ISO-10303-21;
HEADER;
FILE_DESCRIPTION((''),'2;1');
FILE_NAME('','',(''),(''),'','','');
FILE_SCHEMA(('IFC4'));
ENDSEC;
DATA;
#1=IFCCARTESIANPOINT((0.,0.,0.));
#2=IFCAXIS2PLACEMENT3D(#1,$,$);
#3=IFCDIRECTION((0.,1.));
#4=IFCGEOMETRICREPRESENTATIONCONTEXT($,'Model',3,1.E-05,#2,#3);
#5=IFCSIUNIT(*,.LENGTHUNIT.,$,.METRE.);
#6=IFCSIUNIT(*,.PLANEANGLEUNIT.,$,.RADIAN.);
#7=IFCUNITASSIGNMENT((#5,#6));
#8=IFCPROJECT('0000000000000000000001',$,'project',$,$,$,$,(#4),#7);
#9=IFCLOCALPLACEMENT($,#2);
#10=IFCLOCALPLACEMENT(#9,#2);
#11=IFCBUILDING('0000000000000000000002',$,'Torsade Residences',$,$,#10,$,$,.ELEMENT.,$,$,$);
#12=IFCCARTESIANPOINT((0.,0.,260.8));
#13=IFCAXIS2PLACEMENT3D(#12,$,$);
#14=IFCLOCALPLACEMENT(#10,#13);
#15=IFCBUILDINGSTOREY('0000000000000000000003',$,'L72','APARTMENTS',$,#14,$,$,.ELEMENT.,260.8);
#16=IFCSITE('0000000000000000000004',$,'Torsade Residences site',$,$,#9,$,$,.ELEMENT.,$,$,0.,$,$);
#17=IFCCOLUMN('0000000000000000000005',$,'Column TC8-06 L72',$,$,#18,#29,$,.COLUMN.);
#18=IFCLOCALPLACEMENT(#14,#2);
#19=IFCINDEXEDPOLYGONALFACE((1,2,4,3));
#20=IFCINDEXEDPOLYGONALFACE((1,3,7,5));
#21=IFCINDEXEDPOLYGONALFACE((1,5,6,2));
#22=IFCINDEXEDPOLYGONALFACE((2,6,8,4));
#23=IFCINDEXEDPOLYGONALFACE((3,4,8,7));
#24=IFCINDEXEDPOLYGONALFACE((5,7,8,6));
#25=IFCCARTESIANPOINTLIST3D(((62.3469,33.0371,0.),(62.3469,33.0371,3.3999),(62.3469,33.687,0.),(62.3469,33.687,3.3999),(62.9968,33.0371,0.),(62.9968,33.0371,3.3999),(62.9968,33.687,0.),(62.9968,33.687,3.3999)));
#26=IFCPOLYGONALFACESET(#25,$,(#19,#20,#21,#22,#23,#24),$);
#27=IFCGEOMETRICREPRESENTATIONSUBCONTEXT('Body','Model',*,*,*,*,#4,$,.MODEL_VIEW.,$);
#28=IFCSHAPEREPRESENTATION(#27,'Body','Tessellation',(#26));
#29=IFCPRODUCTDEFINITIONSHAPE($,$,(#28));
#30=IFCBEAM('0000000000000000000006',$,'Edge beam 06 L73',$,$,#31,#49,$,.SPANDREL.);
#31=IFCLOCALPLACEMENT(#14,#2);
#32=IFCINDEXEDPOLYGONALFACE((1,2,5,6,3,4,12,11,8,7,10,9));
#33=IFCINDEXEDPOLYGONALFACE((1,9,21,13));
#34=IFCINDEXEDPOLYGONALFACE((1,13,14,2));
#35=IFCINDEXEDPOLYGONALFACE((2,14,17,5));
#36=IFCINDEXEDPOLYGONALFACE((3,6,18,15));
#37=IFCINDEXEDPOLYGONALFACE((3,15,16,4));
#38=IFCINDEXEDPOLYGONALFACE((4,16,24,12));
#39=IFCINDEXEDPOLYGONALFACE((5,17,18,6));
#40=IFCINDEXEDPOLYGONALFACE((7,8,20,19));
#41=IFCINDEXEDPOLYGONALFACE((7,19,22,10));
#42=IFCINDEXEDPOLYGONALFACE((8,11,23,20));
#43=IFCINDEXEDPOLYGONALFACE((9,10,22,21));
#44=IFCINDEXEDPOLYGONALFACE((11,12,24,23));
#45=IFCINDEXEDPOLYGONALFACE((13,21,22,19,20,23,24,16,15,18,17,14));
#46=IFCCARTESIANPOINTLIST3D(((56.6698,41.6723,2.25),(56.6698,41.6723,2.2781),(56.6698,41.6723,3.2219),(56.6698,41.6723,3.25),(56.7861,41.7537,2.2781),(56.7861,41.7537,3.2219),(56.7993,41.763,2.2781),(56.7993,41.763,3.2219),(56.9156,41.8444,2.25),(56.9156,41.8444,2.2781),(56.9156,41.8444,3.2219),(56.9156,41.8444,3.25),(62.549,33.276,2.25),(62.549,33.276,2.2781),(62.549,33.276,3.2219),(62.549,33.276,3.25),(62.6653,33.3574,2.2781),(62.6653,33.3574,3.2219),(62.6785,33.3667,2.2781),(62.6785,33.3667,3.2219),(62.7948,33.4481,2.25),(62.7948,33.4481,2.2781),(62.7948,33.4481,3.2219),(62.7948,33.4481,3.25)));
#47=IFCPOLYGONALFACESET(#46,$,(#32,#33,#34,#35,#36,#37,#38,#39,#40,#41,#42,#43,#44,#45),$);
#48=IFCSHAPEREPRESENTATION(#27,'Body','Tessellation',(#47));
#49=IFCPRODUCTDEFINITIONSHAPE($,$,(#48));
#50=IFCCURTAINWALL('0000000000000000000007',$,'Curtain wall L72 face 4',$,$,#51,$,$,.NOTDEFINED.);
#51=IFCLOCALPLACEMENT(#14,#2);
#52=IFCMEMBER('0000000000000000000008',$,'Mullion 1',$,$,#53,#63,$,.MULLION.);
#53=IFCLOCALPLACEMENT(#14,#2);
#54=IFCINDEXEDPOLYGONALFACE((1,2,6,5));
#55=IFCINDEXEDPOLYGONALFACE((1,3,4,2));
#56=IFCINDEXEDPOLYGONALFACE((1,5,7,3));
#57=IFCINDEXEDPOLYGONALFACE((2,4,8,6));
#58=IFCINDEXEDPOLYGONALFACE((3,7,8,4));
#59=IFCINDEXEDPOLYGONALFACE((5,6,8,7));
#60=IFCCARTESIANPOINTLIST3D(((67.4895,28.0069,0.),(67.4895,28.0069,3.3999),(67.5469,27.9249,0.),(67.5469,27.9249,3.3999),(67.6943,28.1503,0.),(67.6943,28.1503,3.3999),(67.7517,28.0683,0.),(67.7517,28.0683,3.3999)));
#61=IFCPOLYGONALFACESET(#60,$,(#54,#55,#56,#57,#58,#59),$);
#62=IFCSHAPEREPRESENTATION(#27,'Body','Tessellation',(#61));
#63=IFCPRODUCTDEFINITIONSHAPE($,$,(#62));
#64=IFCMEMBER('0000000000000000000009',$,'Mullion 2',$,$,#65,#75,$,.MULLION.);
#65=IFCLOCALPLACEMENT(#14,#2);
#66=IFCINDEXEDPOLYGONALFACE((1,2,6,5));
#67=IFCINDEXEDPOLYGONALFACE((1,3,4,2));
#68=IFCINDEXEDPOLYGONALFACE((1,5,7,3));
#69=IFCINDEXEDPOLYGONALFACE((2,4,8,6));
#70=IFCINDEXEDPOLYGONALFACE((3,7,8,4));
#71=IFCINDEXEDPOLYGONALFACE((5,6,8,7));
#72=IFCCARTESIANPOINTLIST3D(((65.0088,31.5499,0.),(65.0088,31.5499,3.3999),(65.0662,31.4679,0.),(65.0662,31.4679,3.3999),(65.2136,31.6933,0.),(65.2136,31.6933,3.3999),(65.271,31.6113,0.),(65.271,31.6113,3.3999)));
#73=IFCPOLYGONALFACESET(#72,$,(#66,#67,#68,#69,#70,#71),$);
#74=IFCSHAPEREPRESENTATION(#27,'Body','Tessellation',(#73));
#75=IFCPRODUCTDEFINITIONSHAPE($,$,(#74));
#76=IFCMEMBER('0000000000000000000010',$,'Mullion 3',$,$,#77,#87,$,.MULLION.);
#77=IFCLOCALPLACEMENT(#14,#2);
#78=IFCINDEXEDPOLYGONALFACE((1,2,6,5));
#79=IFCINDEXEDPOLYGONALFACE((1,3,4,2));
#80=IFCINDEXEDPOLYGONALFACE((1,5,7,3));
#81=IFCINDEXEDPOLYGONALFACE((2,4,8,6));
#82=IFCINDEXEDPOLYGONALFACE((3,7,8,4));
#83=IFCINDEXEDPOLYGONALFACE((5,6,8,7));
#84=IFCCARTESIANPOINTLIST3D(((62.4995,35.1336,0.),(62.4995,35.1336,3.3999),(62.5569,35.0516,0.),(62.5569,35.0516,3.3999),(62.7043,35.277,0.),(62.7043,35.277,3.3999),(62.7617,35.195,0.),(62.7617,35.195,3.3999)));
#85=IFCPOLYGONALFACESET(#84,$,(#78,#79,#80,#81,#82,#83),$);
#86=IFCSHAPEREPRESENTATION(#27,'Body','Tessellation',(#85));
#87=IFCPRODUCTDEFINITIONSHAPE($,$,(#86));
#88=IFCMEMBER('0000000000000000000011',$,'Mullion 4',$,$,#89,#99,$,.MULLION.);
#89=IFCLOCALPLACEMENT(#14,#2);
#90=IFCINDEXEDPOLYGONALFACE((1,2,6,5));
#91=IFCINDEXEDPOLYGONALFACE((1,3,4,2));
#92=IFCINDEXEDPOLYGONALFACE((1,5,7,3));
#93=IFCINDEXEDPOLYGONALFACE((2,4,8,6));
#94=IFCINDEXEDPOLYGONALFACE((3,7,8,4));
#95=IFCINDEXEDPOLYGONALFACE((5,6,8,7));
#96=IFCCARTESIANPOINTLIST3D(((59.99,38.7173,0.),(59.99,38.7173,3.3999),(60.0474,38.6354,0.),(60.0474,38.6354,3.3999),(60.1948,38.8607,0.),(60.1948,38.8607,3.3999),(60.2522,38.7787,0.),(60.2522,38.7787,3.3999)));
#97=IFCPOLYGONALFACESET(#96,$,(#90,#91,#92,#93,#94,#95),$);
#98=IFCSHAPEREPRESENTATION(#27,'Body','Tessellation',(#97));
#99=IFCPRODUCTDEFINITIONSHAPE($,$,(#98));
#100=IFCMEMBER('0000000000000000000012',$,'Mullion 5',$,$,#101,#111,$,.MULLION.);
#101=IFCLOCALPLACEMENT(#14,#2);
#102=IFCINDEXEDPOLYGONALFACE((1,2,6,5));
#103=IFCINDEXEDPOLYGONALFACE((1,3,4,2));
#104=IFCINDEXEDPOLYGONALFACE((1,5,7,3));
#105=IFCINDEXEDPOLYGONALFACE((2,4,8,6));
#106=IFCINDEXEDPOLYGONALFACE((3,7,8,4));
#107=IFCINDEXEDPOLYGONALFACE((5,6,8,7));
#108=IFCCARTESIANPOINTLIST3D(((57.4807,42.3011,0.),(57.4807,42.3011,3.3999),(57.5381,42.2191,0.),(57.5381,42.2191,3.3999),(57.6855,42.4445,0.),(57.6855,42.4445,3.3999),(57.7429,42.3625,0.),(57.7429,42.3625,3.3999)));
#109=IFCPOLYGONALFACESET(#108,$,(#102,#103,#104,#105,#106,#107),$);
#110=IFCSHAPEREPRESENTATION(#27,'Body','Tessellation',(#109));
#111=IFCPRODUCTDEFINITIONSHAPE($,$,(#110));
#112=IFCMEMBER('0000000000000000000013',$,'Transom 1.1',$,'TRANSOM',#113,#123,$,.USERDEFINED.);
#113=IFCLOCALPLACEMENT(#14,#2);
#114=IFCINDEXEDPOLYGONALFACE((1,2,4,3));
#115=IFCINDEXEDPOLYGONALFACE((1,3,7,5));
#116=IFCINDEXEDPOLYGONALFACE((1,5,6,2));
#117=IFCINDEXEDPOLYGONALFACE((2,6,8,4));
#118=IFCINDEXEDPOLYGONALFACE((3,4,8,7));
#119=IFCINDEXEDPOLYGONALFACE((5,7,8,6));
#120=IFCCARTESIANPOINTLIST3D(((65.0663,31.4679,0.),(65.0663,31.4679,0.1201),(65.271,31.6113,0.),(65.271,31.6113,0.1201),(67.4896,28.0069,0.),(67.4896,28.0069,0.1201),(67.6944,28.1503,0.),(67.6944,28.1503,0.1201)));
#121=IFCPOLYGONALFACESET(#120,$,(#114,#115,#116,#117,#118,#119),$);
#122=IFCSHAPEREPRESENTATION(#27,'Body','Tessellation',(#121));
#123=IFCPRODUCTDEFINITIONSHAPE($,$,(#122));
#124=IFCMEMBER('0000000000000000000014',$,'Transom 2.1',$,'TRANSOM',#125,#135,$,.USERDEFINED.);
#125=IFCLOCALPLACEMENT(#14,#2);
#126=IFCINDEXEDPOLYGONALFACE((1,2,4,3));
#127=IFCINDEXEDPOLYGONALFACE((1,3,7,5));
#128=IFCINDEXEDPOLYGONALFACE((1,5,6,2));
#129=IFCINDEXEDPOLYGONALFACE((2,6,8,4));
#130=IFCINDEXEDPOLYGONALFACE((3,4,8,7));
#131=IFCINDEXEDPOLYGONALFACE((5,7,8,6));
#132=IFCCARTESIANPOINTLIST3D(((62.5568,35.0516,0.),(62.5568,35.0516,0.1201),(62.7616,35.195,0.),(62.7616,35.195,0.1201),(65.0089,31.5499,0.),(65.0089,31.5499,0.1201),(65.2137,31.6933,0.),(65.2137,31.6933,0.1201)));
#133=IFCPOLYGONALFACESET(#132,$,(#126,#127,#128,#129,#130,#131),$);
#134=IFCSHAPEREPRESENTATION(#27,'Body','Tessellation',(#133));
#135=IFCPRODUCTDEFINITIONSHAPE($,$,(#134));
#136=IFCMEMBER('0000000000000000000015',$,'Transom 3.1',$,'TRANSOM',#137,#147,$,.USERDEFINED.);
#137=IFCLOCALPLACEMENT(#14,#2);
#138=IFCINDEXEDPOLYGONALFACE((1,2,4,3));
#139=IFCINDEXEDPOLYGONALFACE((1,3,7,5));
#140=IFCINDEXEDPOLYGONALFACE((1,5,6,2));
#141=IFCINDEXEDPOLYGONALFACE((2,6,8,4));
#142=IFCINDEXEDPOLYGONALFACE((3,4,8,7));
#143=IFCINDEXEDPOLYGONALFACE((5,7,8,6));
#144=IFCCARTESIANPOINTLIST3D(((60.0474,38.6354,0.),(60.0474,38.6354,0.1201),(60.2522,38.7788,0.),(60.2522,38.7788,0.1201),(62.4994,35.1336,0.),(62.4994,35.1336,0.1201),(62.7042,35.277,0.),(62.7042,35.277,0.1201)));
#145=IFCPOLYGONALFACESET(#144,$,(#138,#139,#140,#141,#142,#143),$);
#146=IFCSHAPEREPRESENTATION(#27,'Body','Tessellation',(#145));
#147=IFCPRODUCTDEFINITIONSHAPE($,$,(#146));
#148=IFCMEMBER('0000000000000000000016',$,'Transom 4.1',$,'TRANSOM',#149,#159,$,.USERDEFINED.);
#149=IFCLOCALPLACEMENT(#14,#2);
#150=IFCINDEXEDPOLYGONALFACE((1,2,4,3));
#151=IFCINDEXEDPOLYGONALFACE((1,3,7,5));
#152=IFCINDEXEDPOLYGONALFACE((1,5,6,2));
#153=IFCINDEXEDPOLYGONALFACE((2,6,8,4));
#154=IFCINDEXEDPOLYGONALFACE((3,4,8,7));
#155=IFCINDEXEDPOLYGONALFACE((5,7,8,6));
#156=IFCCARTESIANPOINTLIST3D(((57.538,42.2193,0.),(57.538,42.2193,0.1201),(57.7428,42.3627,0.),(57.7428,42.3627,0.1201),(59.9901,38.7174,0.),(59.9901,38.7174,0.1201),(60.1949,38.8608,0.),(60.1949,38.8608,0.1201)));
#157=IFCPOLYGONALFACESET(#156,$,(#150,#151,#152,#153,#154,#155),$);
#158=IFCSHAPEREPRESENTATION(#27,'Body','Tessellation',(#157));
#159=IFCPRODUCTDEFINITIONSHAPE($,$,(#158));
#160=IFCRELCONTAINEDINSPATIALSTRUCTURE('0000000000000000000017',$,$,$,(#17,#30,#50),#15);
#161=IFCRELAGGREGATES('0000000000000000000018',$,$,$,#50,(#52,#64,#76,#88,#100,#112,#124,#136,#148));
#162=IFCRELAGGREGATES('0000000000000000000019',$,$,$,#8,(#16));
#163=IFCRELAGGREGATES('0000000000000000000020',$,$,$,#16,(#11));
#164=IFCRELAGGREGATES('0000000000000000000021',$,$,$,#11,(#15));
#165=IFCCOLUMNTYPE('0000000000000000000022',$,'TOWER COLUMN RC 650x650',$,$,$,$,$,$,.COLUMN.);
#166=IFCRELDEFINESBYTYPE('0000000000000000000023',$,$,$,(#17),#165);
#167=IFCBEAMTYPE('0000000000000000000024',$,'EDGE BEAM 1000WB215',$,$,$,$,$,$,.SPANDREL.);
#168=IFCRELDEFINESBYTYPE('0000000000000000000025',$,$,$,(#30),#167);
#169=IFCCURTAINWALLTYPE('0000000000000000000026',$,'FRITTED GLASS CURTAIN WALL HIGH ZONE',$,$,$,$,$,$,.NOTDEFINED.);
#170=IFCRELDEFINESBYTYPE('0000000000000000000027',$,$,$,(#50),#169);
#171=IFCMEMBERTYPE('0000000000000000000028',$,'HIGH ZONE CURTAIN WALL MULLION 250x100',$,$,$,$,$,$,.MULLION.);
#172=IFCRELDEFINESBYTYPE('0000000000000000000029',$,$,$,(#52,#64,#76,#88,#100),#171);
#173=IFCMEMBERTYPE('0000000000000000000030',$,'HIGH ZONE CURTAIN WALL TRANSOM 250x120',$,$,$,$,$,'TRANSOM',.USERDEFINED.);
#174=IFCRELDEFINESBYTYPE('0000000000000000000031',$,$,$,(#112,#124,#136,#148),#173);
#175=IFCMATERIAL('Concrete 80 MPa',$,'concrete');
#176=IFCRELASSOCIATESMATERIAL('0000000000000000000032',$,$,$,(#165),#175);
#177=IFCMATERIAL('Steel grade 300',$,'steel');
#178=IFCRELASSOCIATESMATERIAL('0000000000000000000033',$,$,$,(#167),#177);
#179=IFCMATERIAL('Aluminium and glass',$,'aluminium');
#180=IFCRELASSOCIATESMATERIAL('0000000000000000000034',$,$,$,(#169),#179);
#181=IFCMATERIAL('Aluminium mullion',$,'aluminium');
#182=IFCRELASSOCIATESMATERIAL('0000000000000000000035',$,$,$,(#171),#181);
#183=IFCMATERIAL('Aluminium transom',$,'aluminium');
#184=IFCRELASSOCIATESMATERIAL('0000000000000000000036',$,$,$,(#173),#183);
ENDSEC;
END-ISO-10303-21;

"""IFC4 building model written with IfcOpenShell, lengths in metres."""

from ifc_helpers import new_model, si_unit, direction, frame, origin, origin_2d, place, context, subcontext, project, spatial, rectangle, i_section, extrude, material, material_profile, profile_set, type_object, element, aggregate, save


model = new_model("IFC4")

# Units and contexts
model_context = context("Model", 3, precision=1e-05, world=origin(), true_north=direction((0.0, 1.0)))
body_context = subcontext(model_context, "Body", "Model", "MODEL_VIEW")
ifc_project = project(units=[si_unit("LENGTHUNIT", "METRE"), si_unit("PLANEANGLEUNIT", "RADIAN")], contexts=[model_context])

# Site, building, storey
site_placement = place(None, origin())
site = spatial("IfcSite", under=ifc_project, at=site_placement, Name="Torsade Residences site", CompositionType="ELEMENT", RefElevation=0.0)
building_placement = place(site_placement, origin())
building = spatial("IfcBuilding", under=site, at=building_placement, Name="Torsade Residences", CompositionType="ELEMENT")
storey_placement = place(building_placement, frame((0.0, 0.0, 260.8)))
storey = spatial("IfcBuildingStorey", under=building, at=storey_placement, Name="L72", Description="APARTMENTS", CompositionType="ELEMENT", Elevation=260.8)

# Column
ifc_material_1 = material(Name="Concrete 80 MPa", Category="concrete")
ifc_material_profile_1 = material_profile(ifc_material_1, rectangle(XDim=0.6499, YDim=0.6499, at=origin_2d()), Name="RC 650x650")
ifc_profile_set_1 = profile_set([ifc_material_profile_1], Name="Concrete 80 MPa")
column_type = type_object("IfcColumnType", Name="TOWER COLUMN RC 650x650", PredefinedType="COLUMN", material=ifc_profile_set_1)
column_placement = place(storey_placement, frame((62.6719, 33.3621, 0.0), z_axis=(0.0, 0.0, 1.0), x_axis=(1.0, 0.0, 0.0)))
element("IfcColumn", 1, at=column_placement, inside=storey, type_object=column_type, Name="Column TC8-06 L72", PredefinedType="COLUMN", context=body_context, shape_type="SweptSolid", body=[
    extrude(rectangle(XDim=0.6499, YDim=0.6499, at=origin_2d()), origin(), (0.0, 0.0, 1.0), 3.3999),
])

# Beam
ifc_material_2 = material(Name="Steel grade 300", Category="steel")
ifc_material_profile_2 = material_profile(ifc_material_2, i_section(OverallWidth=0.3, OverallDepth=1.0, WebThickness=0.0161, FlangeThickness=0.0281, at=origin_2d()), Name="1000WB215")
ifc_profile_set_2 = profile_set([ifc_material_profile_2], Name="Steel grade 300")
beam_type_1 = type_object("IfcBeamType", Name="EDGE BEAM 1000WB215", PredefinedType="SPANDREL", material=ifc_profile_set_2)
beam_1_placement = place(storey_placement, frame((62.6719, 33.3621, 2.75), z_axis=(-0.573579, 0.81915, 0.0), x_axis=(-0.81915, -0.573579, 0.0)))
element("IfcBeam", 2, at=beam_1_placement, inside=storey, type_object=beam_type_1, Name="Edge beam 06 L73", PredefinedType="SPANDREL", context=body_context, shape_type="SweptSolid", body=[
    extrude(i_section(OverallWidth=0.3, OverallDepth=1.0, WebThickness=0.0161, FlangeThickness=0.0281, at=origin_2d()), origin(), (0.0, 0.0, 1.0), 10.25),
])

# Curtain wall, members
ifc_material_3 = material(Name="Aluminium and glass", Category="aluminium")
curtain_wall_type = type_object("IfcCurtainWallType", Name="FRITTED GLASS CURTAIN WALL HIGH ZONE", PredefinedType="NOTDEFINED", material=ifc_material_3)
curtain_wall_placement = place(storey_placement, origin())
curtain_wall = element("IfcCurtainWall", 3, at=curtain_wall_placement, inside=storey, type_object=curtain_wall_type, Name="Curtain wall L72 face 4", PredefinedType="NOTDEFINED")
ifc_material_4 = material(Name="Aluminium mullion", Category="aluminium")
ifc_material_profile_3 = material_profile(ifc_material_4, rectangle(XDim=0.25, YDim=0.1001, at=origin_2d()), Name="HIGH ZONE CURTAIN WALL MULLION 250x100")
ifc_profile_set_3 = profile_set([ifc_material_profile_3], Name="Aluminium mullion")
member_type_1 = type_object("IfcMemberType", Name="HIGH ZONE CURTAIN WALL MULLION 250x100", PredefinedType="MULLION", material=ifc_profile_set_3)
member_1_placement = place(storey_placement, frame((67.6206, 28.0376, 0.0), z_axis=(0.0, 0.0, 1.0), x_axis=(-0.819152, -0.573576, 0.0)))
member_1 = element("IfcMember", 4, at=member_1_placement, type_object=member_type_1, Name="Mullion 1", PredefinedType="MULLION", context=body_context, shape_type="SweptSolid", body=[
    extrude(rectangle(XDim=0.25, YDim=0.1001, at=origin_2d()), origin(), (0.0, 0.0, 1.0), 3.3999),
])
member_2_placement = place(storey_placement, frame((65.1399, 31.5806, 0.0), z_axis=(0.0, 0.0, 1.0), x_axis=(-0.819152, -0.573576, 0.0)))
member_2 = element("IfcMember", 5, at=member_2_placement, type_object=member_type_1, Name="Mullion 2", PredefinedType="MULLION", context=body_context, shape_type="SweptSolid", body=[
    extrude(rectangle(XDim=0.25, YDim=0.1001, at=origin_2d()), origin(), (0.0, 0.0, 1.0), 3.3999),
])
member_3_placement = place(storey_placement, frame((62.6306, 35.1643, 0.0), z_axis=(0.0, 0.0, 1.0), x_axis=(-0.819152, -0.573576, 0.0)))
member_3 = element("IfcMember", 6, at=member_3_placement, type_object=member_type_1, Name="Mullion 3", PredefinedType="MULLION", context=body_context, shape_type="SweptSolid", body=[
    extrude(rectangle(XDim=0.25, YDim=0.1001, at=origin_2d()), origin(), (0.0, 0.0, 1.0), 3.3999),
])
member_4_placement = place(storey_placement, frame((60.1211, 38.748, 0.0), z_axis=(0.0, 0.0, 1.0), x_axis=(-0.819152, -0.573576, 0.0)))
member_4 = element("IfcMember", 7, at=member_4_placement, type_object=member_type_1, Name="Mullion 4", PredefinedType="MULLION", context=body_context, shape_type="SweptSolid", body=[
    extrude(rectangle(XDim=0.25, YDim=0.1001, at=origin_2d()), origin(), (0.0, 0.0, 1.0), 3.3999),
])
member_5_placement = place(storey_placement, frame((57.6118, 42.3318, 0.0), z_axis=(0.0, 0.0, 1.0), x_axis=(-0.819152, -0.573576, 0.0)))
member_5 = element("IfcMember", 8, at=member_5_placement, type_object=member_type_1, Name="Mullion 5", PredefinedType="MULLION", context=body_context, shape_type="SweptSolid", body=[
    extrude(rectangle(XDim=0.25, YDim=0.1001, at=origin_2d()), origin(), (0.0, 0.0, 1.0), 3.3999),
])
ifc_material_5 = material(Name="Aluminium transom", Category="aluminium")
ifc_material_profile_4 = material_profile(ifc_material_5, rectangle(XDim=0.25, YDim=0.1201, at=origin_2d()), Name="HIGH ZONE CURTAIN WALL TRANSOM 250x120")
ifc_profile_set_4 = profile_set([ifc_material_profile_4], Name="Aluminium transom")
member_type_2 = type_object("IfcMemberType", Name="HIGH ZONE CURTAIN WALL TRANSOM 250x120", ElementType="TRANSOM", PredefinedType="USERDEFINED", material=ifc_profile_set_4)
member_6_placement = place(storey_placement, frame((67.592, 28.0786, 0.0601), z_axis=(-0.573571, 0.819156, 0.0), x_axis=(-0.819156, -0.573571, 0.0)))
member_6 = element("IfcMember", 9, at=member_6_placement, type_object=member_type_2, Name="Transom 1.1", ObjectType="TRANSOM", PredefinedType="USERDEFINED", context=body_context, shape_type="SweptSolid", body=[
    extrude(rectangle(XDim=0.25, YDim=0.1201, at=origin_2d()), origin(), (0.0, 0.0, 1.0), 4.2251),
])
member_7_placement = place(storey_placement, frame((65.1113, 31.6216, 0.0601), z_axis=(-0.573612, 0.819127, 0.0), x_axis=(-0.819127, -0.573612, 0.0)))
member_7 = element("IfcMember", 10, at=member_7_placement, type_object=member_type_2, Name="Transom 2.1", ObjectType="TRANSOM", PredefinedType="USERDEFINED", context=body_context, shape_type="SweptSolid", body=[
    extrude(rectangle(XDim=0.25, YDim=0.1201, at=origin_2d()), origin(), (0.0, 0.0, 1.0), 4.2749),
])
member_8_placement = place(storey_placement, frame((62.6018, 35.2053, 0.0601), z_axis=(-0.573573, 0.819154, 0.0), x_axis=(-0.819154, -0.573573, 0.0)))
member_8 = element("IfcMember", 11, at=member_8_placement, type_object=member_type_2, Name="Transom 3.1", ObjectType="TRANSOM", PredefinedType="USERDEFINED", context=body_context, shape_type="SweptSolid", body=[
    extrude(rectangle(XDim=0.25, YDim=0.1201, at=origin_2d()), origin(), (0.0, 0.0, 1.0), 4.2749),
])
member_9_placement = place(storey_placement, frame((60.0925, 38.7891, 0.0601), z_axis=(-0.573585, 0.819146, 0.0), x_axis=(-0.819146, -0.573585, 0.0)))
member_9 = element("IfcMember", 12, at=member_9_placement, type_object=member_type_2, Name="Transom 4.1", ObjectType="TRANSOM", PredefinedType="USERDEFINED", context=body_context, shape_type="SweptSolid", body=[
    extrude(rectangle(XDim=0.25, YDim=0.1201, at=origin_2d()), origin(), (0.0, 0.0, 1.0), 4.2751),
])

aggregate(curtain_wall, [member_1, member_2, member_3, member_4, member_5, member_6, member_7, member_8, member_9])

save(model, "model.ifc")
